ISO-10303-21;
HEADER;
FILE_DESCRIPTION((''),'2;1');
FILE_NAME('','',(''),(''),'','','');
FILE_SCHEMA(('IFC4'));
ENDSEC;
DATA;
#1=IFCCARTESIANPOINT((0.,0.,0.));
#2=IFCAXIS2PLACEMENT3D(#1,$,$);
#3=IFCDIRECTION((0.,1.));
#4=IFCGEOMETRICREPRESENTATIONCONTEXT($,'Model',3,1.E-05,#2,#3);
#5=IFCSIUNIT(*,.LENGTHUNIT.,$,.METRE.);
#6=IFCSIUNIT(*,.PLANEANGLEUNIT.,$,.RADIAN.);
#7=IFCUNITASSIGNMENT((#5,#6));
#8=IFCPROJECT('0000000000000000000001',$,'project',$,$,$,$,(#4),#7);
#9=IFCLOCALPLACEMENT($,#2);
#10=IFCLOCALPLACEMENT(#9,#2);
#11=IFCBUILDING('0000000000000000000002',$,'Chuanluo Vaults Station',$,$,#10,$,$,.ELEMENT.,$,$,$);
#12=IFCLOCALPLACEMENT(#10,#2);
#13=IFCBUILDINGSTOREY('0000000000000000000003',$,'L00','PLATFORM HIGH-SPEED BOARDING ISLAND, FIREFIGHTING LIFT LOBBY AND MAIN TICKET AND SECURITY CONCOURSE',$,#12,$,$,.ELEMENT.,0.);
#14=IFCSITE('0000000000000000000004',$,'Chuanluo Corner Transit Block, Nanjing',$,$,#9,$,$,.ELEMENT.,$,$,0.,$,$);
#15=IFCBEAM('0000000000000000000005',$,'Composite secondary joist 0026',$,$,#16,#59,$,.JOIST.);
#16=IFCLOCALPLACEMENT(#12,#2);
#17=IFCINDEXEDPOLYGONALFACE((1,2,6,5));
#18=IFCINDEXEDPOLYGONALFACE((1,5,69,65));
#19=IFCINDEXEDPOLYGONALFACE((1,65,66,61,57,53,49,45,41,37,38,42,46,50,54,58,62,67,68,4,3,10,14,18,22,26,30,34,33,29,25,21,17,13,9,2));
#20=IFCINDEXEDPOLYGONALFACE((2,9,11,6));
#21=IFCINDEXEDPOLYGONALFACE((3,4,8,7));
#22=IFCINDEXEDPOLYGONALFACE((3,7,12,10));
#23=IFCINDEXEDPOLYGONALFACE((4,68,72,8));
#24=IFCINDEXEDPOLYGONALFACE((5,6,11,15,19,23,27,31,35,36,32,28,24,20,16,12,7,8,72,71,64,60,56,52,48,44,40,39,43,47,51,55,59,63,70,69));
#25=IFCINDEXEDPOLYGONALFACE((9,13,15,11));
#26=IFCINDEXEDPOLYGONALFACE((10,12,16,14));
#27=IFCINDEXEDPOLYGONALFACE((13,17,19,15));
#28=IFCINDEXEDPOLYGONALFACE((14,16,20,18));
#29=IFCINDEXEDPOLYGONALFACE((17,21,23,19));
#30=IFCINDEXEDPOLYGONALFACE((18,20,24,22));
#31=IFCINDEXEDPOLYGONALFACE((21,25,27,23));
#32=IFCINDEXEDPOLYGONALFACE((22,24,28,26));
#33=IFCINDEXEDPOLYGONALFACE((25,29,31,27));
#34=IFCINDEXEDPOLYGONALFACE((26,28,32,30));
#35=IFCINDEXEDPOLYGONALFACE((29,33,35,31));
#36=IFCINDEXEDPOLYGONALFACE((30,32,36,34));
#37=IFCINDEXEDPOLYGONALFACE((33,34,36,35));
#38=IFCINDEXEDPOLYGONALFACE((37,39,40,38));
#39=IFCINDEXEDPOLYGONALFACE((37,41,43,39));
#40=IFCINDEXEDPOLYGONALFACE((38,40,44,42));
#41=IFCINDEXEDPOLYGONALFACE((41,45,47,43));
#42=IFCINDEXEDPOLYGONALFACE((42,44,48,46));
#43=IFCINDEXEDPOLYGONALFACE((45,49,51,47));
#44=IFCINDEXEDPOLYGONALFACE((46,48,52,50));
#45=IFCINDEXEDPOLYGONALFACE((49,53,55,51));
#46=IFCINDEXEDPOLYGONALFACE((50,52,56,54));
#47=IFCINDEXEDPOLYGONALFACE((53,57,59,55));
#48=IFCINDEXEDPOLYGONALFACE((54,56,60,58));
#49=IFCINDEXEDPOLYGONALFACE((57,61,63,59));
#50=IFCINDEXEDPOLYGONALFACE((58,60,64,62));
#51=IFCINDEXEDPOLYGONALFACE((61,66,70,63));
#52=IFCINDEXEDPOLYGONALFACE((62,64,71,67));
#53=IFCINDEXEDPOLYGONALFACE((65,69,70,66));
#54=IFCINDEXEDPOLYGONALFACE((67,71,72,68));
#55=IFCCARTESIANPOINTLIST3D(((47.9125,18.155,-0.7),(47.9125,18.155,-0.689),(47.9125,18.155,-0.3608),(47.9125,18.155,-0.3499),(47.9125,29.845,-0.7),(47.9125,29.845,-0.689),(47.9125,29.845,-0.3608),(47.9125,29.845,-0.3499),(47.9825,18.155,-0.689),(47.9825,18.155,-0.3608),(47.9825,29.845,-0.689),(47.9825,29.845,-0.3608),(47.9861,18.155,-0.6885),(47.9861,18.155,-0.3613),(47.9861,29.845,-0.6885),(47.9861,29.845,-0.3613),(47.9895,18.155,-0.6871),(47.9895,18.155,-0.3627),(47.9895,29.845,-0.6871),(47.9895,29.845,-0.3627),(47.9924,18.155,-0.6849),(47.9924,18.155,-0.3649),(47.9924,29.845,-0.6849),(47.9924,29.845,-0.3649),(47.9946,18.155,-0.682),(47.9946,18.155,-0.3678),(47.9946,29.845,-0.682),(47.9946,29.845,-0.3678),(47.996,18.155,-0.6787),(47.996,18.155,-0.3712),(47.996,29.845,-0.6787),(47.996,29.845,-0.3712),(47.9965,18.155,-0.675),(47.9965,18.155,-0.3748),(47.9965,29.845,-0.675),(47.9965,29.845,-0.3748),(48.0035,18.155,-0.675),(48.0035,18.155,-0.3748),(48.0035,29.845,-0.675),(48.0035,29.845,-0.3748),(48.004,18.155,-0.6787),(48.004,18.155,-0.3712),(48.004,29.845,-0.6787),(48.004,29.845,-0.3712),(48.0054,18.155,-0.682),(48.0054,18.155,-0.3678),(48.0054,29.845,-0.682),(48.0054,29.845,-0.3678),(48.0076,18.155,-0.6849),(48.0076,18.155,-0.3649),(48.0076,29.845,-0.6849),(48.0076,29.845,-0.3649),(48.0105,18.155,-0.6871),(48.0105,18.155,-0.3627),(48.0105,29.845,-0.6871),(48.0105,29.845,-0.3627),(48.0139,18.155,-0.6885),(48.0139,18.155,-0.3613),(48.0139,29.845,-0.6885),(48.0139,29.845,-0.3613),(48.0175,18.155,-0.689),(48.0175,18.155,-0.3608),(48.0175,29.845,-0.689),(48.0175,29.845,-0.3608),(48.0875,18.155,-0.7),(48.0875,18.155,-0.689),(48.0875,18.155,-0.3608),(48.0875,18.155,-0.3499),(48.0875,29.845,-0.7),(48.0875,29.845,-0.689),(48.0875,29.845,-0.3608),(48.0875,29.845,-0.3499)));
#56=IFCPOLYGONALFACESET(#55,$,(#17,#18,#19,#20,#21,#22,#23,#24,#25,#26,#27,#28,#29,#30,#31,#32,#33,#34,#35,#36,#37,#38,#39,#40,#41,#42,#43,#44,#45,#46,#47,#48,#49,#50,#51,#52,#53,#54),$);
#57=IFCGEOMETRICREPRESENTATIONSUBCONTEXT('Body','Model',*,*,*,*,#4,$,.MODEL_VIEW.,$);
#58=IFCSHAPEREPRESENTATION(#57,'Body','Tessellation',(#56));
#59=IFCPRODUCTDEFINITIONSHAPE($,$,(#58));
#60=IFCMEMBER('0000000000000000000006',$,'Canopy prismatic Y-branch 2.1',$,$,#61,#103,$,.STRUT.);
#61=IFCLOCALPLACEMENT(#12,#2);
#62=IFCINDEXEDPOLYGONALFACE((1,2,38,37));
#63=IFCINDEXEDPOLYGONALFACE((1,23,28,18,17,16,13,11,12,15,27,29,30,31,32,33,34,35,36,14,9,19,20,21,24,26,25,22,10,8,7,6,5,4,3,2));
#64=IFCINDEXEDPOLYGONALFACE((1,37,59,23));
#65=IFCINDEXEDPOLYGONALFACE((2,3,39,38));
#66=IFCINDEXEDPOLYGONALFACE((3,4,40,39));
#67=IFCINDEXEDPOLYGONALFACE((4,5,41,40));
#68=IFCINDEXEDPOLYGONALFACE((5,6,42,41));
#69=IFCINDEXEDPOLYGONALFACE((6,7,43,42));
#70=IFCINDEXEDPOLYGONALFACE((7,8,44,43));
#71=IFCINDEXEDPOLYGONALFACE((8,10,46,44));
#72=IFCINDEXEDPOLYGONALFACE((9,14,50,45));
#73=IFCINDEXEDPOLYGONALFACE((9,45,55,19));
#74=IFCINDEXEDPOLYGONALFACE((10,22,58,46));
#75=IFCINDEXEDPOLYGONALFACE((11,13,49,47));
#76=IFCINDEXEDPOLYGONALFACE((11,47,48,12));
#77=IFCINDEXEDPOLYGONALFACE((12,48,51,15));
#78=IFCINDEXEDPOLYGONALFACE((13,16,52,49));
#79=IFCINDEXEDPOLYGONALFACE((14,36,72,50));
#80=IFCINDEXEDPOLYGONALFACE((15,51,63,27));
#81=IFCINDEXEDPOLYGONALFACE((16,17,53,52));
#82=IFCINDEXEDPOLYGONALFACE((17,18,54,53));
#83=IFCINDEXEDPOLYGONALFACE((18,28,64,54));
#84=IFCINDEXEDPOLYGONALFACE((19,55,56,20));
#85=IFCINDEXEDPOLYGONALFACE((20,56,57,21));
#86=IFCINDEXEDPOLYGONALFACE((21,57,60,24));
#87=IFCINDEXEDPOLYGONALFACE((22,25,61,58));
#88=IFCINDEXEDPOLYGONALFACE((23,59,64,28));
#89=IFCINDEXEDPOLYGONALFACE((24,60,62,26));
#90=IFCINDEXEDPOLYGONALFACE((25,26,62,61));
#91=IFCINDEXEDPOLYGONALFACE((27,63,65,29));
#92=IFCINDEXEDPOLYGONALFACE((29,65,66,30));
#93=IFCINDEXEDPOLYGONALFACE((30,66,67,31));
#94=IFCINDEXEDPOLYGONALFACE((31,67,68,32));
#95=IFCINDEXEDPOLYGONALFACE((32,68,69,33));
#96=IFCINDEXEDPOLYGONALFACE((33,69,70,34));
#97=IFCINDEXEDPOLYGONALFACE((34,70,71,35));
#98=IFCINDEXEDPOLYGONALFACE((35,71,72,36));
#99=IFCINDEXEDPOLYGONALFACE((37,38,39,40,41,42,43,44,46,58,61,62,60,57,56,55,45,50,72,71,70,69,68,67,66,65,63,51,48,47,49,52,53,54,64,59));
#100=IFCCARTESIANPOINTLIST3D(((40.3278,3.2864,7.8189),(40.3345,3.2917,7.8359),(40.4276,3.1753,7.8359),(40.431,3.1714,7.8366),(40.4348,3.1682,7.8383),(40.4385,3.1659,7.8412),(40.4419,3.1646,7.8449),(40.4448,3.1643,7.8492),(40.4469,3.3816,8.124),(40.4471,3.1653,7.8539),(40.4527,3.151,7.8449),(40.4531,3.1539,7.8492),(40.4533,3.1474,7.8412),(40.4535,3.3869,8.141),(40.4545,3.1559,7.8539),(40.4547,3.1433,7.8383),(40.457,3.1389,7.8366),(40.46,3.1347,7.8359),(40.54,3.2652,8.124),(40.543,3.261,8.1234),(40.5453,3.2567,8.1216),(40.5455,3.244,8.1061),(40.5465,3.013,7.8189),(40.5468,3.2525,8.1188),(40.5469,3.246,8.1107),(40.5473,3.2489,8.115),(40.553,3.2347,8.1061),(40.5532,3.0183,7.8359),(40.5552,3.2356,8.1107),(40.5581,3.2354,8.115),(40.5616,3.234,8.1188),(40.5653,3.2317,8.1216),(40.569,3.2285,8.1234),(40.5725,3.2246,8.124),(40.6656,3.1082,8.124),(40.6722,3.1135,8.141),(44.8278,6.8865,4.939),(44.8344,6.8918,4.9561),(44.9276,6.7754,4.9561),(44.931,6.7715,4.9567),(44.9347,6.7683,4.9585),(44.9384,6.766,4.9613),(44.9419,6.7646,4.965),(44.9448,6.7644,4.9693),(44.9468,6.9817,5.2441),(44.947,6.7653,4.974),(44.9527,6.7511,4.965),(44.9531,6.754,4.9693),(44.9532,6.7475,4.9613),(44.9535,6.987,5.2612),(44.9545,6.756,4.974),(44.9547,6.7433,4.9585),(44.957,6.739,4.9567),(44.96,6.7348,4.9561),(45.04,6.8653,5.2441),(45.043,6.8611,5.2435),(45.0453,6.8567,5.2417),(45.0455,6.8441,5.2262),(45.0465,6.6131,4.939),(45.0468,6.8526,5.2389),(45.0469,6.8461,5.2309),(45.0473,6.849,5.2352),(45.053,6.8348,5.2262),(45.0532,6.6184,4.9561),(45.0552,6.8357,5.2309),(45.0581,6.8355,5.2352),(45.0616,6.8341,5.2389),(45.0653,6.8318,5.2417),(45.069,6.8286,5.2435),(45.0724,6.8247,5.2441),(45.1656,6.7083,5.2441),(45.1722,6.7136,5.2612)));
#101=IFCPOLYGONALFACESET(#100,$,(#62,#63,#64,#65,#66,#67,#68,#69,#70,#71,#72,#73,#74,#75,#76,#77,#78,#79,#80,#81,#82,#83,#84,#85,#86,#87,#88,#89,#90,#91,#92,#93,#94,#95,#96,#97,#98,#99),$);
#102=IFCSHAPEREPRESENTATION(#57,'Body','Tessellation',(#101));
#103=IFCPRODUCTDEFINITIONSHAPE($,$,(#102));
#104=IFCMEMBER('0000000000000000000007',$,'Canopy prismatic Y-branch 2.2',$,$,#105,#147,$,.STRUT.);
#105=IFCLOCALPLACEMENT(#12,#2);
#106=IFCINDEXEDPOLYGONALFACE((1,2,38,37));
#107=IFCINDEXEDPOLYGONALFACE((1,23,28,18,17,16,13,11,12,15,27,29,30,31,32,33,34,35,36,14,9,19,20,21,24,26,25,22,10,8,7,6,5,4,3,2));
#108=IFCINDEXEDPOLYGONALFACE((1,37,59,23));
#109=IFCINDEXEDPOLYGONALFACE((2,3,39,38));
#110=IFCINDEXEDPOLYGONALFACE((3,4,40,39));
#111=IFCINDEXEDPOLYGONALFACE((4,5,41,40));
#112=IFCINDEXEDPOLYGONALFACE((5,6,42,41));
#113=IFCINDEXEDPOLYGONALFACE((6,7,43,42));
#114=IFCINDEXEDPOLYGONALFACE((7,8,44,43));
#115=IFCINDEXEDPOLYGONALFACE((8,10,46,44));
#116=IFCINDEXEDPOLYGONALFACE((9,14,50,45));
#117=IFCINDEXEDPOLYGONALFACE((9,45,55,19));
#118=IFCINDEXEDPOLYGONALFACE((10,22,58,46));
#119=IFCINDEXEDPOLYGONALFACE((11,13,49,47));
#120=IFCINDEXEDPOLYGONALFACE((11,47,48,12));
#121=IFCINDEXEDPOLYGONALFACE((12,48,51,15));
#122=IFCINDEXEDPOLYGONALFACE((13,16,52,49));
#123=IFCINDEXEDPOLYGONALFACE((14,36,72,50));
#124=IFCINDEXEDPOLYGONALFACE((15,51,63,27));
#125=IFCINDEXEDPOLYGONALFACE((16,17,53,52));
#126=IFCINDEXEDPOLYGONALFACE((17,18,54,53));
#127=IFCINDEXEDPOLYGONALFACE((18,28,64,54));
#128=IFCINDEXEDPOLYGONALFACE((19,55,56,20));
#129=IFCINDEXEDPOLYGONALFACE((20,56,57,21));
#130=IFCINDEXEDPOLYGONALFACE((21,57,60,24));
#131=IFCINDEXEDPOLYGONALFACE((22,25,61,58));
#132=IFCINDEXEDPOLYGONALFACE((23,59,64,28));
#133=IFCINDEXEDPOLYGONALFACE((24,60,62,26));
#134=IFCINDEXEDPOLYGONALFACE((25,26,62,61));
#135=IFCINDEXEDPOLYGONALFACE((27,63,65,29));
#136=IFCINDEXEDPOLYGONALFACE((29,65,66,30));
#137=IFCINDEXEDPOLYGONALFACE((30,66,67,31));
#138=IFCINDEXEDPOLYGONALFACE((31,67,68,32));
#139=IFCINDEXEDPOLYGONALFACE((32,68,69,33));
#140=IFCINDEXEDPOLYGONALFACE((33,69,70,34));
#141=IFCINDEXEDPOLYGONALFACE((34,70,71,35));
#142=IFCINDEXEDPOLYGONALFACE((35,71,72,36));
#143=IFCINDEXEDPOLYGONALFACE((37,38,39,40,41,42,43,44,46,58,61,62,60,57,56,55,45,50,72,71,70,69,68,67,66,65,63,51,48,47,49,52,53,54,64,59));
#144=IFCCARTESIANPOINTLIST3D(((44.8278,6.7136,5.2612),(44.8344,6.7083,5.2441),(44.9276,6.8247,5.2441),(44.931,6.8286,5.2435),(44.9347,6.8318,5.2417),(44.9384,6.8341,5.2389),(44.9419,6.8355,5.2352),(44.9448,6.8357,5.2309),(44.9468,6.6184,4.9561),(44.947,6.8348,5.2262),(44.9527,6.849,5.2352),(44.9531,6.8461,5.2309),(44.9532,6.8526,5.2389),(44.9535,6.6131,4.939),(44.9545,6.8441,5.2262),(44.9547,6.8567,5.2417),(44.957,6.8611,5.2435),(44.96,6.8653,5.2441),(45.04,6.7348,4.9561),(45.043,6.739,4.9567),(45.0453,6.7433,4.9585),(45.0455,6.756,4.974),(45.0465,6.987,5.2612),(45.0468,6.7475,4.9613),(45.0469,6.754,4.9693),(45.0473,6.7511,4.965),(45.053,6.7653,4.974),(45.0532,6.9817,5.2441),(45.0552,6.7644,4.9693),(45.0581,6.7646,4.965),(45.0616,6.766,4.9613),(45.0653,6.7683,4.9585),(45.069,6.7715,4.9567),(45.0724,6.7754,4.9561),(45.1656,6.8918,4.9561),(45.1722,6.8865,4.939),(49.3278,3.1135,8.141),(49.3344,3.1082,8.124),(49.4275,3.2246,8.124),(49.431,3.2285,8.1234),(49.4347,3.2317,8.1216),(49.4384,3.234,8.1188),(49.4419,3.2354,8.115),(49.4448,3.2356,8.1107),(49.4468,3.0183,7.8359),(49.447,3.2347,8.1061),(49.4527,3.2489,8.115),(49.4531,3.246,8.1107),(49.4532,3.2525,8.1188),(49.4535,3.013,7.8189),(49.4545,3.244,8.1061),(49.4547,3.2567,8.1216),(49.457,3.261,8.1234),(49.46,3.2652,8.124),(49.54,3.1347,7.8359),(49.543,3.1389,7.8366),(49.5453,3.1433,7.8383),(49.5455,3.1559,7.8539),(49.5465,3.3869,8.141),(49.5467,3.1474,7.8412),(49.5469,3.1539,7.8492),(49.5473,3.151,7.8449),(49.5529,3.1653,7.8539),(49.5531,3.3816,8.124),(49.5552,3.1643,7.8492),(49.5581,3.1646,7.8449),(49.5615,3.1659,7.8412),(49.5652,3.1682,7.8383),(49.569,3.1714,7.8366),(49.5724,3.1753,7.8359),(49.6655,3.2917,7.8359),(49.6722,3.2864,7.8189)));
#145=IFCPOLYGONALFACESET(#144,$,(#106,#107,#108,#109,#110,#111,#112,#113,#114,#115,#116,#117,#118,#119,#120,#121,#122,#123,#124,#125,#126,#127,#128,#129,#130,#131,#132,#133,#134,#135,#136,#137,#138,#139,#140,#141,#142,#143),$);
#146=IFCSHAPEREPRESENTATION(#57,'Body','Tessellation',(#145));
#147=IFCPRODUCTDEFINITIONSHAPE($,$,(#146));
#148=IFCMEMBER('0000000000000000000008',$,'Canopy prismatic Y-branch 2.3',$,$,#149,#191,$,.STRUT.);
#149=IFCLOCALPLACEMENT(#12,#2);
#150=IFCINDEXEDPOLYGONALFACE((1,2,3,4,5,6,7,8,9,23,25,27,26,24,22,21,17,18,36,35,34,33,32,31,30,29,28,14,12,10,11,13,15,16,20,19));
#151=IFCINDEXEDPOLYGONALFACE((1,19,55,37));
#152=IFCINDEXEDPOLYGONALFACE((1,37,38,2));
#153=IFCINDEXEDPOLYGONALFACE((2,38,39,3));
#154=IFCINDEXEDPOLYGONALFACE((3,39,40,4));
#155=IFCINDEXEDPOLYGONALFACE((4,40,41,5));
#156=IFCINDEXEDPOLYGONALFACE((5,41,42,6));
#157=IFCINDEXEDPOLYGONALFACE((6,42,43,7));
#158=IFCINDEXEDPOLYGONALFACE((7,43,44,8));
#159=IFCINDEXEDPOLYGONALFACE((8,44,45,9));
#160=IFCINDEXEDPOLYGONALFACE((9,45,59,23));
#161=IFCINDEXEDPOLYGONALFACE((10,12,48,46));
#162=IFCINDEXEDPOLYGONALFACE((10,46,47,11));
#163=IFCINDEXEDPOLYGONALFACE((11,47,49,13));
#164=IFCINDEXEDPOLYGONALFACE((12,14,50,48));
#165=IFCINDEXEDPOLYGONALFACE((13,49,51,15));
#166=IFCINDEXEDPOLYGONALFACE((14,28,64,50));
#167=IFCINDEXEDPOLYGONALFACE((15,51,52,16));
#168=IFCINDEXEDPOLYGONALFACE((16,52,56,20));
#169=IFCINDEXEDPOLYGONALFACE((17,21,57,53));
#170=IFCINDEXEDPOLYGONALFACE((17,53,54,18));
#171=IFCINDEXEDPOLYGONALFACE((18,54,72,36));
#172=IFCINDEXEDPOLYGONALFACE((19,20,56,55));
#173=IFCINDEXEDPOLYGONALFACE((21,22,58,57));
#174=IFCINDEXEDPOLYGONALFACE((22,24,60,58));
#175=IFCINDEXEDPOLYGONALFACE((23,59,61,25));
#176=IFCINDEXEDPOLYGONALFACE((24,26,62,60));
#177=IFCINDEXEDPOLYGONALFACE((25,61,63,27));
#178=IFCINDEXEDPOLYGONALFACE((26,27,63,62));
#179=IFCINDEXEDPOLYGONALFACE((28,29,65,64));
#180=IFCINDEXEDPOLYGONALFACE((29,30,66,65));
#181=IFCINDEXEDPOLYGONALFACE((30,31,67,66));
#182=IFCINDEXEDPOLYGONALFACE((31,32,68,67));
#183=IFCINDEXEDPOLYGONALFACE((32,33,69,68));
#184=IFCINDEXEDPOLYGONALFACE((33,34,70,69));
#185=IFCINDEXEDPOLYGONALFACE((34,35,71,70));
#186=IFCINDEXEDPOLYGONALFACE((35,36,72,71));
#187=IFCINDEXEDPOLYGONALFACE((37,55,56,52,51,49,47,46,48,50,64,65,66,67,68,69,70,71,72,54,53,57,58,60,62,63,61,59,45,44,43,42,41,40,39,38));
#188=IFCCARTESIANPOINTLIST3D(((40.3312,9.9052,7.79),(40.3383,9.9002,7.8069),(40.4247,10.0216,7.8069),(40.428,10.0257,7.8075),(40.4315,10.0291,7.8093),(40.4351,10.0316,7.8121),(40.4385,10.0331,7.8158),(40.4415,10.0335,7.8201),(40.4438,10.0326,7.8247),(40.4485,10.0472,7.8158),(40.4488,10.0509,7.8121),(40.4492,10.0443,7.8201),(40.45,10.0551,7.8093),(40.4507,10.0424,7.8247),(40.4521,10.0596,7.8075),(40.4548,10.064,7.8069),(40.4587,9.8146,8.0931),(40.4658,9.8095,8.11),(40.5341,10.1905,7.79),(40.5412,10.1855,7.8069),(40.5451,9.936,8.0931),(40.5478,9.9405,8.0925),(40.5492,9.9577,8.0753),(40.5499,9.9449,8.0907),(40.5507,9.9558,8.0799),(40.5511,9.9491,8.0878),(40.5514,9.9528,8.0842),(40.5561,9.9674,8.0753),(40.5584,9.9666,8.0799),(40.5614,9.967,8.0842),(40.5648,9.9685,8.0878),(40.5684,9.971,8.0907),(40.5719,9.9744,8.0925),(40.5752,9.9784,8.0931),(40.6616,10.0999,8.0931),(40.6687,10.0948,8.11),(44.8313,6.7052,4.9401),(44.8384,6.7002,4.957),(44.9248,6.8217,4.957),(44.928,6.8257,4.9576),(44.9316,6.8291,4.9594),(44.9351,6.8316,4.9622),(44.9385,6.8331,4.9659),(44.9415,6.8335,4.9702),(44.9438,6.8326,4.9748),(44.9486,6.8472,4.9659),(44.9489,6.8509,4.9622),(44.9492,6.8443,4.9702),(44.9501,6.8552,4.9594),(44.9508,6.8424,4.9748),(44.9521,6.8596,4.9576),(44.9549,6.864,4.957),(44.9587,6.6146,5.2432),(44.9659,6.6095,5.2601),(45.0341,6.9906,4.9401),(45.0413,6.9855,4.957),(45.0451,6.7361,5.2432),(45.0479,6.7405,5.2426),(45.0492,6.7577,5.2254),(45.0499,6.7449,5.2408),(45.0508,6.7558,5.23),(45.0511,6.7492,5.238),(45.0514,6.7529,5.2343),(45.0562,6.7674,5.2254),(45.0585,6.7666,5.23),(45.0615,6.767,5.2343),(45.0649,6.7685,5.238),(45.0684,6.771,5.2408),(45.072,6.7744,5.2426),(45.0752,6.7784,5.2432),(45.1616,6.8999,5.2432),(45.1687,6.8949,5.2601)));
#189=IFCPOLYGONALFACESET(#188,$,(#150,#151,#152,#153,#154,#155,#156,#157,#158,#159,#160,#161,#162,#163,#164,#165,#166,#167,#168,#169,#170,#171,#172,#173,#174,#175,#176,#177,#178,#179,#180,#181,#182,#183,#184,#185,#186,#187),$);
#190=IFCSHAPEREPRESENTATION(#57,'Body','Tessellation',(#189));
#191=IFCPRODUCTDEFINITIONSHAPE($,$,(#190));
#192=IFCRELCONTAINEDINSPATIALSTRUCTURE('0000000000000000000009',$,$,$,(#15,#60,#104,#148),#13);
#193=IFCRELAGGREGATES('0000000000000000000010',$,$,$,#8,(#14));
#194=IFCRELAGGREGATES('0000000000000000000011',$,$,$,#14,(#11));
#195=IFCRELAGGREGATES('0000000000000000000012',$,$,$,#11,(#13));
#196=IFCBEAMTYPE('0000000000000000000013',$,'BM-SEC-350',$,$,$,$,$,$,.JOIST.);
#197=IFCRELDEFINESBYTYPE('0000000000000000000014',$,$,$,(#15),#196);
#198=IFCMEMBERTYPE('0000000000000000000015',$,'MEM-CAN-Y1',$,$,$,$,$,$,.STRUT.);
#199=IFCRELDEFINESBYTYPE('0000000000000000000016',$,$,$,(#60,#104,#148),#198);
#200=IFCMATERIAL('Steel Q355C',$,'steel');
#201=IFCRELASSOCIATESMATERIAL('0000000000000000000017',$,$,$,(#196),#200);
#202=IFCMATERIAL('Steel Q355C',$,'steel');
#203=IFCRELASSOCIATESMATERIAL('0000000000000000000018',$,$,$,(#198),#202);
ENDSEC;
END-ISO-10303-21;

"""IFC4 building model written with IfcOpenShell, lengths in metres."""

from ifc_helpers import new_model, si_unit, direction, frame, origin, origin_2d, place, context, subcontext, project, spatial, i_section, extrude, material, material_profile, profile_set, type_object, element, save


model = new_model("IFC4")

# Units and contexts
model_context = context("Model", 3, precision=1e-05, world=origin(), true_north=direction((0.0, 1.0)))
body_context = subcontext(model_context, "Body", "Model", "MODEL_VIEW")
ifc_project = project(units=[si_unit("LENGTHUNIT", "METRE"), si_unit("PLANEANGLEUNIT", "RADIAN")], contexts=[model_context])

# Site, building, storey
site_placement = place(None, origin())
site = spatial("IfcSite", under=ifc_project, at=site_placement, Name="Chuanluo Corner Transit Block, Nanjing", CompositionType="ELEMENT", RefElevation=0.0)
building_placement = place(site_placement, origin())
building = spatial("IfcBuilding", under=site, at=building_placement, Name="Chuanluo Vaults Station", CompositionType="ELEMENT")
storey_placement = place(building_placement, origin())
storey = spatial("IfcBuildingStorey", under=building, at=storey_placement, Name="L00", Description="PLATFORM HIGH-SPEED BOARDING ISLAND, FIREFIGHTING LIFT LOBBY AND MAIN TICKET AND SECURITY CONCOURSE", CompositionType="ELEMENT", Elevation=0.0)

# Beam
ifc_material_1 = material(Name="Steel Q355C", Category="steel")
ifc_material_profile_1 = material_profile(ifc_material_1, i_section(OverallWidth=0.175, OverallDepth=0.3501, WebThickness=0.0071, FlangeThickness=0.011, FilletRadius=0.0139, at=origin_2d()))
ifc_profile_set_1 = profile_set([ifc_material_profile_1], Name="Steel Q355C")
beam_type_1 = type_object("IfcBeamType", Name="BM-SEC-350", PredefinedType="JOIST", material=ifc_profile_set_1)
for number, where, z_axis, x_axis, name in (
    (1, (48.0, 18.155, -0.5249), (0.0, 1.0, 0.0), (-1.0, 0.0, 0.0), "Composite secondary joist 0026"),
):
    element("IfcBeam", number, at=place(storey_placement, frame(where, z_axis=z_axis, x_axis=x_axis)), inside=storey, type_object=beam_type_1, Name=name, PredefinedType="JOIST", context=body_context, shape_type="SweptSolid", body=[
        extrude(i_section(OverallWidth=0.175, OverallDepth=0.3501, WebThickness=0.0071, FlangeThickness=0.011, FilletRadius=0.0139, at=origin_2d()), origin(), (0.0, 0.0, 1.0), 11.6899),
    ])

# Members
ifc_material_2 = material(Name="Steel Q355C", Category="steel")
ifc_material_profile_2 = material_profile(ifc_material_2, i_section(OverallWidth=0.3501, OverallDepth=0.3601, WebThickness=0.012, FlangeThickness=0.019, FilletRadius=0.02, at=origin_2d()))
ifc_profile_set_2 = profile_set([ifc_material_profile_2], Name="Steel Q355C")
member_type = type_object("IfcMemberType", Name="MEM-CAN-Y1", PredefinedType="STRUT", material=ifc_profile_set_2)
for number, where, z_axis, x_axis, name in (
    (2, (45.0, 6.8, 5.1001), (-0.698498, -0.558814, 0.447021), (0.624705, -0.780861, 0.0), "Canopy prismatic Y-branch 2.1"),
    (3, (45.0, 6.8, 5.1001), (0.698498, -0.558814, 0.447021), (0.624705, 0.780861, 0.0), "Canopy prismatic Y-branch 2.2"),
):
    element("IfcMember", number, at=place(storey_placement, frame(where, z_axis=z_axis, x_axis=x_axis)), inside=storey, type_object=member_type, Name=name, PredefinedType="STRUT", context=body_context, shape_type="SweptSolid", body=[
        extrude(i_section(OverallWidth=0.3501, OverallDepth=0.3601, WebThickness=0.012, FlangeThickness=0.019, FilletRadius=0.02, at=origin_2d()), origin(), (0.0, 0.0, 1.0), 6.4424),
    ])
for number, where, z_axis, x_axis, name in (
    (4, (45.0, 6.8, 5.1001), (-0.724194, 0.514975, 0.458633), (-0.579518, -0.81496, 0.0), "Canopy prismatic Y-branch 2.3"),
):
    element("IfcMember", number, at=place(storey_placement, frame(where, z_axis=z_axis, x_axis=x_axis)), inside=storey, type_object=member_type, Name=name, PredefinedType="STRUT", context=body_context, shape_type="SweptSolid", body=[
        extrude(i_section(OverallWidth=0.3501, OverallDepth=0.3601, WebThickness=0.012, FlangeThickness=0.019, FilletRadius=0.02, at=origin_2d()), origin(), (0.0, 0.0, 1.0), 6.2139),
    ])

save(model, "model.ifc")
